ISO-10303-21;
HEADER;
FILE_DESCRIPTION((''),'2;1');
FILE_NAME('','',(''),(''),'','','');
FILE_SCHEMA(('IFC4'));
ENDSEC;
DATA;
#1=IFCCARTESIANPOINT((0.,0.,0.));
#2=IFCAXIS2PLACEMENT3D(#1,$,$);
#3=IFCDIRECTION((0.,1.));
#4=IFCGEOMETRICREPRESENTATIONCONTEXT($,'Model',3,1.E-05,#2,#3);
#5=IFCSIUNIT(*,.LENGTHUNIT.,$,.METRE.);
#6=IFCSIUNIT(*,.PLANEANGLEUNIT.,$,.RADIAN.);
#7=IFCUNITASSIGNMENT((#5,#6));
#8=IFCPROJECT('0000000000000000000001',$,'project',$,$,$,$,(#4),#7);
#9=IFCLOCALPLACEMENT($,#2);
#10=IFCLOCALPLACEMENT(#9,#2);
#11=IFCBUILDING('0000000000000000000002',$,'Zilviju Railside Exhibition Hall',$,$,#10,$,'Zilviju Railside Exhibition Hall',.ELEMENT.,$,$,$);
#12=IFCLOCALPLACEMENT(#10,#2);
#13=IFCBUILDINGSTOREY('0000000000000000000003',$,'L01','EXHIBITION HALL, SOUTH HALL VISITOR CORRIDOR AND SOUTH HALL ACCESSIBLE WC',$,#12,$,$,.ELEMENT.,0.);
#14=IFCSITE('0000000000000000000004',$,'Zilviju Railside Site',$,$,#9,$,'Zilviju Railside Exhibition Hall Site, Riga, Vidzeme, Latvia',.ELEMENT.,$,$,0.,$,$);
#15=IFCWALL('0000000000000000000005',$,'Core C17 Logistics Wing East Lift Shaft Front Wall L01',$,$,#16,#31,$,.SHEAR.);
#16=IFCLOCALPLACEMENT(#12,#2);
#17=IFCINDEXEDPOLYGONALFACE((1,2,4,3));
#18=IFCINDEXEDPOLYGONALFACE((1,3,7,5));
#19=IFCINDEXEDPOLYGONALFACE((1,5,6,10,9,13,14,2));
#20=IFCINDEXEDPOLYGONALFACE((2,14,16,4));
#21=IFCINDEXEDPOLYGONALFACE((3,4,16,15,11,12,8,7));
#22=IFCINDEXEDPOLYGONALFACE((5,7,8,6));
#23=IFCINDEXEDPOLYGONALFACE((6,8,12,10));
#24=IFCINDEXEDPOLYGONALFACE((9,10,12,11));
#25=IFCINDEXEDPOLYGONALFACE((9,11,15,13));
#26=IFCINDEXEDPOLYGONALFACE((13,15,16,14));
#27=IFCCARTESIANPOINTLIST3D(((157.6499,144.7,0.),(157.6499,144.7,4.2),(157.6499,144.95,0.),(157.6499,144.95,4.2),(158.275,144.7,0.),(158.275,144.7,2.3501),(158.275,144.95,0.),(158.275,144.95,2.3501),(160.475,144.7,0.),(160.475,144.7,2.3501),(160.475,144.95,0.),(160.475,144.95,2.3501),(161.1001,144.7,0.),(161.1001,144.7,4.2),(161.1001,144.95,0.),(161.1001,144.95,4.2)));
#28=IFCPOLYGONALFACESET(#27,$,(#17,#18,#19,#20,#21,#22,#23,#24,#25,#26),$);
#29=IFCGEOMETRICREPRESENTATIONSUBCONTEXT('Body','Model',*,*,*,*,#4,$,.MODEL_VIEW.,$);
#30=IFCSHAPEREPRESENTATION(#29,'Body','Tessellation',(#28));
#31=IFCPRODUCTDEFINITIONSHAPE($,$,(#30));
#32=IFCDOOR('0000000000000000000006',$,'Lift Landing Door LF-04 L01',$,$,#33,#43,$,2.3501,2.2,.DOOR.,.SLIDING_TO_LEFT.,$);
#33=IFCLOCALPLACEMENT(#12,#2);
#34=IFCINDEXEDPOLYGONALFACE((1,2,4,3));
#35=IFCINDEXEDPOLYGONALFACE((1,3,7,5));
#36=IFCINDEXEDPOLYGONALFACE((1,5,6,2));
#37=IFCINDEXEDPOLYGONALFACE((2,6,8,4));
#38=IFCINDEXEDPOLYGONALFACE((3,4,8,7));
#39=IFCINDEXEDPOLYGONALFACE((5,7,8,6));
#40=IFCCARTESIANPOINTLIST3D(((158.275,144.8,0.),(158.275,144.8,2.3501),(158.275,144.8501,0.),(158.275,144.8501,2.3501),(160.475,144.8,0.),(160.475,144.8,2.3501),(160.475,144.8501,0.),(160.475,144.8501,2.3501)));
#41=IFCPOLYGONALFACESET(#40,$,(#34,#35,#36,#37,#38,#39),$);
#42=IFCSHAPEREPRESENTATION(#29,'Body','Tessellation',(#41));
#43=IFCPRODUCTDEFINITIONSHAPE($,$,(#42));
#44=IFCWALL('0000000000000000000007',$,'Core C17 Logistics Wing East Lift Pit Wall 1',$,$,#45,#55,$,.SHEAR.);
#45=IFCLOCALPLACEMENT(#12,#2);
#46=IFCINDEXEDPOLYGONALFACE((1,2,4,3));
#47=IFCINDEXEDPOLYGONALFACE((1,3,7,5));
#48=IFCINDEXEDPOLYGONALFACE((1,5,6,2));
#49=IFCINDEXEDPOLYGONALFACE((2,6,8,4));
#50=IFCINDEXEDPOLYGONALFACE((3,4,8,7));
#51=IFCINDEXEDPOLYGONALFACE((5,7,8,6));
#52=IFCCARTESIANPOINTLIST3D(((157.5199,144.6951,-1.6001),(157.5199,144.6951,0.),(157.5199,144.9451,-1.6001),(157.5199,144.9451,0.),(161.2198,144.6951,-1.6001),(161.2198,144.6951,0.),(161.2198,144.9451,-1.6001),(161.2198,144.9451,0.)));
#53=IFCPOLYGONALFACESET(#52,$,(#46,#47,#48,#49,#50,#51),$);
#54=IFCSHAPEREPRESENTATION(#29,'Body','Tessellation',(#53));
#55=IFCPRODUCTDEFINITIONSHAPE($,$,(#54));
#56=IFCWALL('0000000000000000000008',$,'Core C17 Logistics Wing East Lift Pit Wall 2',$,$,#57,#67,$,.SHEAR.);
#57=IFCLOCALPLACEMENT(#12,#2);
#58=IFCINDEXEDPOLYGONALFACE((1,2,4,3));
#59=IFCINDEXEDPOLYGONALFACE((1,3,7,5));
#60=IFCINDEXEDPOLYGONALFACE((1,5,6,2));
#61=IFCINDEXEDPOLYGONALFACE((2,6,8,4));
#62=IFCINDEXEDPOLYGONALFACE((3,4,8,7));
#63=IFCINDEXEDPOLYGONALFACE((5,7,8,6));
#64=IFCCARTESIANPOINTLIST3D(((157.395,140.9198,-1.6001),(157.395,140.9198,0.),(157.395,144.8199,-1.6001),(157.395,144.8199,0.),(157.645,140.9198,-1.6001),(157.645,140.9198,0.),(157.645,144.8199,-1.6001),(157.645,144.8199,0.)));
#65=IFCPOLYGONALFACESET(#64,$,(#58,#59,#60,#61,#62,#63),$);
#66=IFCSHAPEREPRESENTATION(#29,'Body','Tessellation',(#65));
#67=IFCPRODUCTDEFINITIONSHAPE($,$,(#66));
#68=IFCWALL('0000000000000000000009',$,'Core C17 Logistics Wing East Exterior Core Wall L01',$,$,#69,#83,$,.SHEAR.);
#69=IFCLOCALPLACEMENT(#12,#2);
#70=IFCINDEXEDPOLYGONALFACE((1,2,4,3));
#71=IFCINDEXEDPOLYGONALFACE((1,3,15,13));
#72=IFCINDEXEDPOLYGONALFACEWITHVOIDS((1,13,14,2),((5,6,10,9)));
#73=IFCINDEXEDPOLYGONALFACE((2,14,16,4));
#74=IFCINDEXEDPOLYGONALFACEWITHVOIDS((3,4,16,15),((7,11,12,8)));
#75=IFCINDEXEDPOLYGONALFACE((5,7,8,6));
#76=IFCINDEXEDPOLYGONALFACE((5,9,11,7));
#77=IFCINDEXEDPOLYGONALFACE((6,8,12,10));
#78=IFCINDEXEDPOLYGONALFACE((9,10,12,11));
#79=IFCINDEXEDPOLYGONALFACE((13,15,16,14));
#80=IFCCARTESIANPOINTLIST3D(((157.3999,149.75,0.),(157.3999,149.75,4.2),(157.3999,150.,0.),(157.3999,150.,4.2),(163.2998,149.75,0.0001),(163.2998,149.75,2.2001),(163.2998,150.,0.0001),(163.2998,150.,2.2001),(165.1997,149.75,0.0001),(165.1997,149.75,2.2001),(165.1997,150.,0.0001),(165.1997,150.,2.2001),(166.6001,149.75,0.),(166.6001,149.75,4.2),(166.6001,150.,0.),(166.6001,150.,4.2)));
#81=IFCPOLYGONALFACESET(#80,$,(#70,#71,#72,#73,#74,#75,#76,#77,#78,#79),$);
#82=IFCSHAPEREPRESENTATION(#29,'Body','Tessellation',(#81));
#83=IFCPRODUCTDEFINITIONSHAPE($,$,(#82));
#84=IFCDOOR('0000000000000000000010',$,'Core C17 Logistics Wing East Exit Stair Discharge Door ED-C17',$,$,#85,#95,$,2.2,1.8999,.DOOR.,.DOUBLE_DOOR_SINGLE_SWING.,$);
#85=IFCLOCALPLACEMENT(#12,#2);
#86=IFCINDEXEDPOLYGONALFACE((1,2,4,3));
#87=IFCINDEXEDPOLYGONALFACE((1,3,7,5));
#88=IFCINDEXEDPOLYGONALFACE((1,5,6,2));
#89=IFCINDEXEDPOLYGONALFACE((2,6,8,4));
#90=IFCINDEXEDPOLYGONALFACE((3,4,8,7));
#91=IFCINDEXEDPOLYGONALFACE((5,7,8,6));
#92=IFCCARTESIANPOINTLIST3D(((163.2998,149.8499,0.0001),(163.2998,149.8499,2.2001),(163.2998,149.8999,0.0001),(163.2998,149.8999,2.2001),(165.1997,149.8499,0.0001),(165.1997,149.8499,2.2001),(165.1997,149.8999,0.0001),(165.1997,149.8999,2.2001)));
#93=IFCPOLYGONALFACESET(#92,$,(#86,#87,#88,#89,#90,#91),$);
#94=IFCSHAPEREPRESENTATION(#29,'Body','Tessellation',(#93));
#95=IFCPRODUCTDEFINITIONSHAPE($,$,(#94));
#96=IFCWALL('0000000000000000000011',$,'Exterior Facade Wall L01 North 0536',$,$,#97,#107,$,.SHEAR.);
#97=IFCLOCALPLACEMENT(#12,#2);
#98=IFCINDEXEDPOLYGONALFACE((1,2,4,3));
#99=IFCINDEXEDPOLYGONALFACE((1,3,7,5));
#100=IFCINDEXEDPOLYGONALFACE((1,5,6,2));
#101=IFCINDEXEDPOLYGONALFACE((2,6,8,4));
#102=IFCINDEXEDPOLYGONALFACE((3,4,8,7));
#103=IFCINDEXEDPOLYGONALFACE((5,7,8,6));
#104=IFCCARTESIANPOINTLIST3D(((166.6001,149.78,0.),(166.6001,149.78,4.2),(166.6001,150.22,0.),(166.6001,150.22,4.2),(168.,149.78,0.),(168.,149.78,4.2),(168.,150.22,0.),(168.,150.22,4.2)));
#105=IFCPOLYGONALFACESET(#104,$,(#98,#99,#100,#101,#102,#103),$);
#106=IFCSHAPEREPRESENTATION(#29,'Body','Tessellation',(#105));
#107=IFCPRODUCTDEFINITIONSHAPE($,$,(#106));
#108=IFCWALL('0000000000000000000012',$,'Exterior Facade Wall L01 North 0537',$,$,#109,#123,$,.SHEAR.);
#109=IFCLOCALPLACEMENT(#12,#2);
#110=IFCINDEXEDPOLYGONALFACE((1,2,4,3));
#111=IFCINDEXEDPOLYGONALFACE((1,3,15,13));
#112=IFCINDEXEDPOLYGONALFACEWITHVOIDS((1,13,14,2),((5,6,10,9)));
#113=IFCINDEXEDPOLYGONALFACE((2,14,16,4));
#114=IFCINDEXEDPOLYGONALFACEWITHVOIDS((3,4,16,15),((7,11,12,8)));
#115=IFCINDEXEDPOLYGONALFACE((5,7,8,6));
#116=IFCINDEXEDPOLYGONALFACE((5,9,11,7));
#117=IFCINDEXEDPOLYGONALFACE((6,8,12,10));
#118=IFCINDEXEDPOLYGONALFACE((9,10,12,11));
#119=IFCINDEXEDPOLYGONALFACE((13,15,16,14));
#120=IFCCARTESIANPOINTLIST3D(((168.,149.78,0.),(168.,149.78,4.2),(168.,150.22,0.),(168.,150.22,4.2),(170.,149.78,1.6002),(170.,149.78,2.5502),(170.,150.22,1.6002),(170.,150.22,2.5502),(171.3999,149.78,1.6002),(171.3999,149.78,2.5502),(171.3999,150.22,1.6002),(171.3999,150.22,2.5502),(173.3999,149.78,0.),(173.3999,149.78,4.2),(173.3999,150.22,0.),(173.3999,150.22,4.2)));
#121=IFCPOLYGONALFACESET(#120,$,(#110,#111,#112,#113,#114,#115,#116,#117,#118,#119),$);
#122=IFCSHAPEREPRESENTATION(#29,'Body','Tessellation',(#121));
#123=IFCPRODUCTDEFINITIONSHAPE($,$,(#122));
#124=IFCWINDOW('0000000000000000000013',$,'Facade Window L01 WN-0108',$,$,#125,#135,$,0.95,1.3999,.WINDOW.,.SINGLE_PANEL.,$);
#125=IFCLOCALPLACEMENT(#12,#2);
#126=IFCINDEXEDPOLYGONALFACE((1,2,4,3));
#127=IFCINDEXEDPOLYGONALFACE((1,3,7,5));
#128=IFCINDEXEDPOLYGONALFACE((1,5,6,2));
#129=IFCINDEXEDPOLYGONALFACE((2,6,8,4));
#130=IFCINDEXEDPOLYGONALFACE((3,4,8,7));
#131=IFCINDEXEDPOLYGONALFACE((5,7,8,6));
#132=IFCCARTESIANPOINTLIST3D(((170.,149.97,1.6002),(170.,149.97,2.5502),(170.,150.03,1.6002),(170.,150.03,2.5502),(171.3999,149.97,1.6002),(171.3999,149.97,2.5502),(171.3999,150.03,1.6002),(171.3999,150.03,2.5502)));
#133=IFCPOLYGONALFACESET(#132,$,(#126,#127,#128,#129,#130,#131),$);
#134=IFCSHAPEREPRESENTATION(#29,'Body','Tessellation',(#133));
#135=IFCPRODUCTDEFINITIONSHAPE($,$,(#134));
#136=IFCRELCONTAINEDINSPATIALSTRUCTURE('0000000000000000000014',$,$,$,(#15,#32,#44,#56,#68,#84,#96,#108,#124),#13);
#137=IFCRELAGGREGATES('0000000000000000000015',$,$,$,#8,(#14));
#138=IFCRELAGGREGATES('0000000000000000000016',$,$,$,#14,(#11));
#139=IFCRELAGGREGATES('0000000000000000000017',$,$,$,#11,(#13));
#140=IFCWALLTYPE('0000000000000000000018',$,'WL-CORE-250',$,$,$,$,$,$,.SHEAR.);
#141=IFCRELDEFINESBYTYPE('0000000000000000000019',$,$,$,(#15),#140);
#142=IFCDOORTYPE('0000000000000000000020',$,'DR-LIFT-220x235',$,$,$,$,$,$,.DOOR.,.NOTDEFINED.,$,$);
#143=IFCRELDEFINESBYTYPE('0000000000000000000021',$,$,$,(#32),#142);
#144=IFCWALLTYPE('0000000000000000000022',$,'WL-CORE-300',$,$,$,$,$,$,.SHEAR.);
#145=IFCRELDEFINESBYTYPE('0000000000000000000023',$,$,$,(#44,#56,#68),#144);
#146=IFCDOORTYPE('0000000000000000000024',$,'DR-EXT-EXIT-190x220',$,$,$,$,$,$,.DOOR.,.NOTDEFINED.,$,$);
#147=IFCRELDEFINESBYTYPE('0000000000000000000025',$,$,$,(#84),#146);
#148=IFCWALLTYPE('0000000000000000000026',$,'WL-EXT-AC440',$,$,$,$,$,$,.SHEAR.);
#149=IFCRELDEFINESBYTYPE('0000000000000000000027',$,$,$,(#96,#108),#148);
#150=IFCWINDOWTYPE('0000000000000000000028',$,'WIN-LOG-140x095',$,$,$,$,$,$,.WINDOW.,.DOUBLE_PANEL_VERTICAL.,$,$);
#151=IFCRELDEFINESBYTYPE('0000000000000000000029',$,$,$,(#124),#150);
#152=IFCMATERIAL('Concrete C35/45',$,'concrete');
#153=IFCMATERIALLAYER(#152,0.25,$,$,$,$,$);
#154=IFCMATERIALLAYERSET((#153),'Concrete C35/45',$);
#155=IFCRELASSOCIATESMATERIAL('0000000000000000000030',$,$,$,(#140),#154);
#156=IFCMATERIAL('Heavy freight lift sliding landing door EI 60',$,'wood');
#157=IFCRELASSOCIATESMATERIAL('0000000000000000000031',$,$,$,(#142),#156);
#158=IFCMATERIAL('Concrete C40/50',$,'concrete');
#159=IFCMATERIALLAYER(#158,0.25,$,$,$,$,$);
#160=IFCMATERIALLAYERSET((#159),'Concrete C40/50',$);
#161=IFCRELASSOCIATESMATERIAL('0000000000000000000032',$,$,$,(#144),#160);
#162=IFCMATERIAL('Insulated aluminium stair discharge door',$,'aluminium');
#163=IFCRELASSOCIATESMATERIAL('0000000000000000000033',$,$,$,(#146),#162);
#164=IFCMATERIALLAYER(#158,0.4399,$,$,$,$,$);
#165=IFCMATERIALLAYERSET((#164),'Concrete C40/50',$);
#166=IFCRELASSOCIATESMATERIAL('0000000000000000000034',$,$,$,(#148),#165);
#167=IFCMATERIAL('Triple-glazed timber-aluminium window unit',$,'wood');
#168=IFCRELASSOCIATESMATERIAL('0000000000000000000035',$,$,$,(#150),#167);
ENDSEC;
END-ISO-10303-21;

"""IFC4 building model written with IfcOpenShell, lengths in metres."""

from ifc_helpers import new_model, si_unit, direction, frame, frame_2d, origin, place, context, subcontext, project, spatial, rectangle, extrude, material, layer, layer_set, type_object, element, fill, save


model = new_model("IFC4")

# Units and contexts
model_context = context("Model", 3, precision=1e-05, world=origin(), true_north=direction((0.0, 1.0)))
body_context = subcontext(model_context, "Body", "Model", "MODEL_VIEW")
ifc_project = project(units=[si_unit("LENGTHUNIT", "METRE"), si_unit("PLANEANGLEUNIT", "RADIAN")], contexts=[model_context])

# Site, building, storey
site_placement = place(None, origin())
site = spatial("IfcSite", under=ifc_project, at=site_placement, Name="Zilviju Railside Site", LongName="Zilviju Railside Exhibition Hall Site, Riga, Vidzeme, Latvia", CompositionType="ELEMENT", RefElevation=0.0)
building_placement = place(site_placement, origin())
building = spatial("IfcBuilding", under=site, at=building_placement, Name="Zilviju Railside Exhibition Hall", LongName="Zilviju Railside Exhibition Hall", CompositionType="ELEMENT")
storey_placement = place(building_placement, origin())
storey = spatial("IfcBuildingStorey", under=building, at=storey_placement, Name="L01", Description="EXHIBITION HALL, SOUTH HALL VISITOR CORRIDOR AND SOUTH HALL ACCESSIBLE WC", CompositionType="ELEMENT", Elevation=0.0)

# Shared definitions
ifc_material_1 = material(Name="Concrete C35/45", Category="concrete")
ifc_material_2 = material(Name="Concrete C40/50", Category="concrete")

# Shared definitions
ifc_layer_1 = layer(ifc_material_1, 0.25)
ifc_layer_set_1 = layer_set([ifc_layer_1], Name="Concrete C35/45")
wall_type_1 = type_object("IfcWallType", Name="WL-CORE-250", PredefinedType="SHEAR", material=ifc_layer_set_1)

# Wall, opening, door
wall_1_placement = place(storey_placement, frame((161.1001, 144.825, 0.0), z_axis=(0.0, 0.0, 1.0), x_axis=(-1.0, 0.0, 0.0)))
wall_1 = element("IfcWall", 1, at=wall_1_placement, inside=storey, type_object=wall_type_1, Name="Core C17 Logistics Wing East Lift Shaft Front Wall L01", PredefinedType="SHEAR", context=body_context, shape_type="SweptSolid", body=[
    extrude(rectangle(XDim=3.4502, YDim=0.25, at=frame_2d((1.7251, 0.0))), origin(), (0.0, 0.0, 1.0), 4.2),
])
opening_1_placement = place(wall_1_placement, frame((0.625, 0.0, 0.0)))
opening_1 = element("IfcOpeningElement", 2, at=opening_1_placement, cuts=wall_1, PredefinedType="OPENING", context=body_context, shape_type="SweptSolid", body=[
    extrude(rectangle(XDim=2.2, YDim=2.3501, at=frame_2d((1.1001, 1.175))), frame((0.0, 0.135, 0.0), z_axis=(0.0, -1.0, 0.0), x_axis=(1.0, 0.0, 0.0)), (0.0, 0.0, 1.0), 0.27),
])
ifc_material_3 = material(Name="Heavy freight lift sliding landing door EI 60", Category="wood")
door_type_1 = type_object("IfcDoorType", Name="DR-LIFT-220x235", OperationType="NOTDEFINED", PredefinedType="DOOR", material=ifc_material_3)
door_1_placement = place(opening_1_placement, origin())
door_1 = element("IfcDoor", 3, at=door_1_placement, inside=storey, type_object=door_type_1, Name="Lift Landing Door LF-04 L01", OperationType="SLIDING_TO_LEFT", OverallHeight=2.3501, OverallWidth=2.2, PredefinedType="DOOR", context=body_context, shape_type="SweptSolid", body=[
    extrude(rectangle(XDim=2.2, YDim=2.3501, at=frame_2d((1.1001, 1.175))), frame((0.0, 0.0249, 0.0), z_axis=(0.0, -1.0, 0.0), x_axis=(1.0, 0.0, 0.0)), (0.0, 0.0, 1.0), 0.05),
])
fill(opening_1, door_1)

# Walls
ifc_layer_2 = layer(ifc_material_2, 0.25)
ifc_layer_set_2 = layer_set([ifc_layer_2], Name="Concrete C40/50")
wall_type_2 = type_object("IfcWallType", Name="WL-CORE-300", PredefinedType="SHEAR", material=ifc_layer_set_2)
wall_2_placement = place(storey_placement, frame((161.22, 144.8201, -1.6001), z_axis=(0.0, 0.0, 1.0), x_axis=(-1.0, 0.0, 0.0)))
element("IfcWall", 4, at=wall_2_placement, inside=storey, type_object=wall_type_2, Name="Core C17 Logistics Wing East Lift Pit Wall 1", PredefinedType="SHEAR", context=body_context, shape_type="SweptSolid", body=[
    extrude(rectangle(XDim=3.7, YDim=0.25, at=frame_2d((1.8501, 0.0))), origin(), (0.0, 0.0, 1.0), 1.6001),
])
wall_3_placement = place(storey_placement, frame((157.52, 144.8201, -1.6001), z_axis=(0.0, 0.0, 1.0), x_axis=(0.0, -1.0, 0.0)))
element("IfcWall", 5, at=wall_3_placement, inside=storey, type_object=wall_type_2, Name="Core C17 Logistics Wing East Lift Pit Wall 2", PredefinedType="SHEAR", context=body_context, shape_type="SweptSolid", body=[
    extrude(rectangle(XDim=3.9001, YDim=0.25, at=frame_2d((1.9502, 0.0))), origin(), (0.0, 0.0, 1.0), 1.6001),
])

# Wall, opening, door
wall_4_placement = place(storey_placement, frame((157.3999, 149.875, 0.0), z_axis=(0.0, 0.0, 1.0), x_axis=(1.0, 0.0, 0.0)))
wall_4 = element("IfcWall", 6, at=wall_4_placement, inside=storey, type_object=wall_type_2, Name="Core C17 Logistics Wing East Exterior Core Wall L01", PredefinedType="SHEAR", context=body_context, shape_type="SweptSolid", body=[
    extrude(rectangle(XDim=9.2002, YDim=0.25, at=frame_2d((4.6001, 0.0))), origin(), (0.0, 0.0, 1.0), 4.2),
])
opening_2_placement = place(wall_4_placement, frame((5.8999, 0.0, 0.0)))
opening_2 = element("IfcOpeningElement", 7, at=opening_2_placement, cuts=wall_4, PredefinedType="OPENING", context=body_context, shape_type="SweptSolid", body=[
    extrude(rectangle(XDim=1.8999, YDim=2.2, at=frame_2d((0.95, 1.1001))), frame((0.0, 0.135, 0.0), z_axis=(0.0, -1.0, 0.0), x_axis=(1.0, 0.0, 0.0)), (0.0, 0.0, 1.0), 0.27),
])
ifc_material_4 = material(Name="Insulated aluminium stair discharge door", Category="aluminium")
door_type_2 = type_object("IfcDoorType", Name="DR-EXT-EXIT-190x220", OperationType="NOTDEFINED", PredefinedType="DOOR", material=ifc_material_4)
door_2_placement = place(opening_2_placement, origin())
door_2 = element("IfcDoor", 8, at=door_2_placement, inside=storey, type_object=door_type_2, Name="Core C17 Logistics Wing East Exit Stair Discharge Door ED-C17", OperationType="DOUBLE_DOOR_SINGLE_SWING", OverallHeight=2.2, OverallWidth=1.8999, PredefinedType="DOOR", context=body_context, shape_type="SweptSolid", body=[
    extrude(rectangle(XDim=1.8999, YDim=2.2, at=frame_2d((0.95, 1.1001))), frame((0.0, 0.0249, 0.0), z_axis=(0.0, -1.0, 0.0), x_axis=(1.0, 0.0, 0.0)), (0.0, 0.0, 1.0), 0.05),
])
fill(opening_2, door_2)

# Wall
ifc_layer_3 = layer(ifc_material_2, 0.4399)
ifc_layer_set_3 = layer_set([ifc_layer_3], Name="Concrete C40/50")
wall_type_3 = type_object("IfcWallType", Name="WL-EXT-AC440", PredefinedType="SHEAR", material=ifc_layer_set_3)
wall_5_placement = place(storey_placement, frame((166.6001, 150.0, 0.0), z_axis=(0.0, 0.0, 1.0), x_axis=(1.0, 0.0, 0.0)))
element("IfcWall", 9, at=wall_5_placement, inside=storey, type_object=wall_type_3, Name="Exterior Facade Wall L01 North 0536", PredefinedType="SHEAR", context=body_context, shape_type="SweptSolid", body=[
    extrude(rectangle(XDim=1.3999, YDim=0.4399, at=frame_2d((0.7, 0.0))), origin(), (0.0, 0.0, 1.0), 4.2),
])

# Wall, opening, window
wall_6_placement = place(storey_placement, frame((168.0, 150.0, 0.0), z_axis=(0.0, 0.0, 1.0), x_axis=(1.0, 0.0, 0.0)))
wall_6 = element("IfcWall", 10, at=wall_6_placement, inside=storey, type_object=wall_type_3, Name="Exterior Facade Wall L01 North 0537", PredefinedType="SHEAR", context=body_context, shape_type="SweptSolid", body=[
    extrude(rectangle(XDim=5.3999, YDim=0.4399, at=frame_2d((2.7, 0.0))), origin(), (0.0, 0.0, 1.0), 4.2),
])
opening_3_placement = place(wall_6_placement, frame((2.0, 0.0, 1.6001)))
opening_3 = element("IfcOpeningElement", 11, at=opening_3_placement, cuts=wall_6, PredefinedType="OPENING", context=body_context, shape_type="SweptSolid", body=[
    extrude(rectangle(XDim=1.3999, YDim=0.95, at=frame_2d((0.7, 0.4751))), frame((0.0, 0.23, 0.0), z_axis=(0.0, -1.0, 0.0), x_axis=(1.0, 0.0, 0.0)), (0.0, 0.0, 1.0), 0.46),
])
ifc_material_5 = material(Name="Triple-glazed timber-aluminium window unit", Category="wood")
window_type = type_object("IfcWindowType", Name="WIN-LOG-140x095", PartitioningType="DOUBLE_PANEL_VERTICAL", PredefinedType="WINDOW", material=ifc_material_5)
window_placement = place(opening_3_placement, origin())
window = element("IfcWindow", 12, at=window_placement, inside=storey, type_object=window_type, Name="Facade Window L01 WN-0108", OverallHeight=0.95, OverallWidth=1.3999, PartitioningType="SINGLE_PANEL", PredefinedType="WINDOW", context=body_context, shape_type="SweptSolid", body=[
    extrude(rectangle(XDim=1.3999, YDim=0.95, at=frame_2d((0.7, 0.4751))), frame((0.0, 0.03, 0.0), z_axis=(0.0, -1.0, 0.0), x_axis=(1.0, 0.0, 0.0)), (0.0, 0.0, 1.0), 0.0601),
])
fill(opening_3, window)

save(model, "model.ifc")
